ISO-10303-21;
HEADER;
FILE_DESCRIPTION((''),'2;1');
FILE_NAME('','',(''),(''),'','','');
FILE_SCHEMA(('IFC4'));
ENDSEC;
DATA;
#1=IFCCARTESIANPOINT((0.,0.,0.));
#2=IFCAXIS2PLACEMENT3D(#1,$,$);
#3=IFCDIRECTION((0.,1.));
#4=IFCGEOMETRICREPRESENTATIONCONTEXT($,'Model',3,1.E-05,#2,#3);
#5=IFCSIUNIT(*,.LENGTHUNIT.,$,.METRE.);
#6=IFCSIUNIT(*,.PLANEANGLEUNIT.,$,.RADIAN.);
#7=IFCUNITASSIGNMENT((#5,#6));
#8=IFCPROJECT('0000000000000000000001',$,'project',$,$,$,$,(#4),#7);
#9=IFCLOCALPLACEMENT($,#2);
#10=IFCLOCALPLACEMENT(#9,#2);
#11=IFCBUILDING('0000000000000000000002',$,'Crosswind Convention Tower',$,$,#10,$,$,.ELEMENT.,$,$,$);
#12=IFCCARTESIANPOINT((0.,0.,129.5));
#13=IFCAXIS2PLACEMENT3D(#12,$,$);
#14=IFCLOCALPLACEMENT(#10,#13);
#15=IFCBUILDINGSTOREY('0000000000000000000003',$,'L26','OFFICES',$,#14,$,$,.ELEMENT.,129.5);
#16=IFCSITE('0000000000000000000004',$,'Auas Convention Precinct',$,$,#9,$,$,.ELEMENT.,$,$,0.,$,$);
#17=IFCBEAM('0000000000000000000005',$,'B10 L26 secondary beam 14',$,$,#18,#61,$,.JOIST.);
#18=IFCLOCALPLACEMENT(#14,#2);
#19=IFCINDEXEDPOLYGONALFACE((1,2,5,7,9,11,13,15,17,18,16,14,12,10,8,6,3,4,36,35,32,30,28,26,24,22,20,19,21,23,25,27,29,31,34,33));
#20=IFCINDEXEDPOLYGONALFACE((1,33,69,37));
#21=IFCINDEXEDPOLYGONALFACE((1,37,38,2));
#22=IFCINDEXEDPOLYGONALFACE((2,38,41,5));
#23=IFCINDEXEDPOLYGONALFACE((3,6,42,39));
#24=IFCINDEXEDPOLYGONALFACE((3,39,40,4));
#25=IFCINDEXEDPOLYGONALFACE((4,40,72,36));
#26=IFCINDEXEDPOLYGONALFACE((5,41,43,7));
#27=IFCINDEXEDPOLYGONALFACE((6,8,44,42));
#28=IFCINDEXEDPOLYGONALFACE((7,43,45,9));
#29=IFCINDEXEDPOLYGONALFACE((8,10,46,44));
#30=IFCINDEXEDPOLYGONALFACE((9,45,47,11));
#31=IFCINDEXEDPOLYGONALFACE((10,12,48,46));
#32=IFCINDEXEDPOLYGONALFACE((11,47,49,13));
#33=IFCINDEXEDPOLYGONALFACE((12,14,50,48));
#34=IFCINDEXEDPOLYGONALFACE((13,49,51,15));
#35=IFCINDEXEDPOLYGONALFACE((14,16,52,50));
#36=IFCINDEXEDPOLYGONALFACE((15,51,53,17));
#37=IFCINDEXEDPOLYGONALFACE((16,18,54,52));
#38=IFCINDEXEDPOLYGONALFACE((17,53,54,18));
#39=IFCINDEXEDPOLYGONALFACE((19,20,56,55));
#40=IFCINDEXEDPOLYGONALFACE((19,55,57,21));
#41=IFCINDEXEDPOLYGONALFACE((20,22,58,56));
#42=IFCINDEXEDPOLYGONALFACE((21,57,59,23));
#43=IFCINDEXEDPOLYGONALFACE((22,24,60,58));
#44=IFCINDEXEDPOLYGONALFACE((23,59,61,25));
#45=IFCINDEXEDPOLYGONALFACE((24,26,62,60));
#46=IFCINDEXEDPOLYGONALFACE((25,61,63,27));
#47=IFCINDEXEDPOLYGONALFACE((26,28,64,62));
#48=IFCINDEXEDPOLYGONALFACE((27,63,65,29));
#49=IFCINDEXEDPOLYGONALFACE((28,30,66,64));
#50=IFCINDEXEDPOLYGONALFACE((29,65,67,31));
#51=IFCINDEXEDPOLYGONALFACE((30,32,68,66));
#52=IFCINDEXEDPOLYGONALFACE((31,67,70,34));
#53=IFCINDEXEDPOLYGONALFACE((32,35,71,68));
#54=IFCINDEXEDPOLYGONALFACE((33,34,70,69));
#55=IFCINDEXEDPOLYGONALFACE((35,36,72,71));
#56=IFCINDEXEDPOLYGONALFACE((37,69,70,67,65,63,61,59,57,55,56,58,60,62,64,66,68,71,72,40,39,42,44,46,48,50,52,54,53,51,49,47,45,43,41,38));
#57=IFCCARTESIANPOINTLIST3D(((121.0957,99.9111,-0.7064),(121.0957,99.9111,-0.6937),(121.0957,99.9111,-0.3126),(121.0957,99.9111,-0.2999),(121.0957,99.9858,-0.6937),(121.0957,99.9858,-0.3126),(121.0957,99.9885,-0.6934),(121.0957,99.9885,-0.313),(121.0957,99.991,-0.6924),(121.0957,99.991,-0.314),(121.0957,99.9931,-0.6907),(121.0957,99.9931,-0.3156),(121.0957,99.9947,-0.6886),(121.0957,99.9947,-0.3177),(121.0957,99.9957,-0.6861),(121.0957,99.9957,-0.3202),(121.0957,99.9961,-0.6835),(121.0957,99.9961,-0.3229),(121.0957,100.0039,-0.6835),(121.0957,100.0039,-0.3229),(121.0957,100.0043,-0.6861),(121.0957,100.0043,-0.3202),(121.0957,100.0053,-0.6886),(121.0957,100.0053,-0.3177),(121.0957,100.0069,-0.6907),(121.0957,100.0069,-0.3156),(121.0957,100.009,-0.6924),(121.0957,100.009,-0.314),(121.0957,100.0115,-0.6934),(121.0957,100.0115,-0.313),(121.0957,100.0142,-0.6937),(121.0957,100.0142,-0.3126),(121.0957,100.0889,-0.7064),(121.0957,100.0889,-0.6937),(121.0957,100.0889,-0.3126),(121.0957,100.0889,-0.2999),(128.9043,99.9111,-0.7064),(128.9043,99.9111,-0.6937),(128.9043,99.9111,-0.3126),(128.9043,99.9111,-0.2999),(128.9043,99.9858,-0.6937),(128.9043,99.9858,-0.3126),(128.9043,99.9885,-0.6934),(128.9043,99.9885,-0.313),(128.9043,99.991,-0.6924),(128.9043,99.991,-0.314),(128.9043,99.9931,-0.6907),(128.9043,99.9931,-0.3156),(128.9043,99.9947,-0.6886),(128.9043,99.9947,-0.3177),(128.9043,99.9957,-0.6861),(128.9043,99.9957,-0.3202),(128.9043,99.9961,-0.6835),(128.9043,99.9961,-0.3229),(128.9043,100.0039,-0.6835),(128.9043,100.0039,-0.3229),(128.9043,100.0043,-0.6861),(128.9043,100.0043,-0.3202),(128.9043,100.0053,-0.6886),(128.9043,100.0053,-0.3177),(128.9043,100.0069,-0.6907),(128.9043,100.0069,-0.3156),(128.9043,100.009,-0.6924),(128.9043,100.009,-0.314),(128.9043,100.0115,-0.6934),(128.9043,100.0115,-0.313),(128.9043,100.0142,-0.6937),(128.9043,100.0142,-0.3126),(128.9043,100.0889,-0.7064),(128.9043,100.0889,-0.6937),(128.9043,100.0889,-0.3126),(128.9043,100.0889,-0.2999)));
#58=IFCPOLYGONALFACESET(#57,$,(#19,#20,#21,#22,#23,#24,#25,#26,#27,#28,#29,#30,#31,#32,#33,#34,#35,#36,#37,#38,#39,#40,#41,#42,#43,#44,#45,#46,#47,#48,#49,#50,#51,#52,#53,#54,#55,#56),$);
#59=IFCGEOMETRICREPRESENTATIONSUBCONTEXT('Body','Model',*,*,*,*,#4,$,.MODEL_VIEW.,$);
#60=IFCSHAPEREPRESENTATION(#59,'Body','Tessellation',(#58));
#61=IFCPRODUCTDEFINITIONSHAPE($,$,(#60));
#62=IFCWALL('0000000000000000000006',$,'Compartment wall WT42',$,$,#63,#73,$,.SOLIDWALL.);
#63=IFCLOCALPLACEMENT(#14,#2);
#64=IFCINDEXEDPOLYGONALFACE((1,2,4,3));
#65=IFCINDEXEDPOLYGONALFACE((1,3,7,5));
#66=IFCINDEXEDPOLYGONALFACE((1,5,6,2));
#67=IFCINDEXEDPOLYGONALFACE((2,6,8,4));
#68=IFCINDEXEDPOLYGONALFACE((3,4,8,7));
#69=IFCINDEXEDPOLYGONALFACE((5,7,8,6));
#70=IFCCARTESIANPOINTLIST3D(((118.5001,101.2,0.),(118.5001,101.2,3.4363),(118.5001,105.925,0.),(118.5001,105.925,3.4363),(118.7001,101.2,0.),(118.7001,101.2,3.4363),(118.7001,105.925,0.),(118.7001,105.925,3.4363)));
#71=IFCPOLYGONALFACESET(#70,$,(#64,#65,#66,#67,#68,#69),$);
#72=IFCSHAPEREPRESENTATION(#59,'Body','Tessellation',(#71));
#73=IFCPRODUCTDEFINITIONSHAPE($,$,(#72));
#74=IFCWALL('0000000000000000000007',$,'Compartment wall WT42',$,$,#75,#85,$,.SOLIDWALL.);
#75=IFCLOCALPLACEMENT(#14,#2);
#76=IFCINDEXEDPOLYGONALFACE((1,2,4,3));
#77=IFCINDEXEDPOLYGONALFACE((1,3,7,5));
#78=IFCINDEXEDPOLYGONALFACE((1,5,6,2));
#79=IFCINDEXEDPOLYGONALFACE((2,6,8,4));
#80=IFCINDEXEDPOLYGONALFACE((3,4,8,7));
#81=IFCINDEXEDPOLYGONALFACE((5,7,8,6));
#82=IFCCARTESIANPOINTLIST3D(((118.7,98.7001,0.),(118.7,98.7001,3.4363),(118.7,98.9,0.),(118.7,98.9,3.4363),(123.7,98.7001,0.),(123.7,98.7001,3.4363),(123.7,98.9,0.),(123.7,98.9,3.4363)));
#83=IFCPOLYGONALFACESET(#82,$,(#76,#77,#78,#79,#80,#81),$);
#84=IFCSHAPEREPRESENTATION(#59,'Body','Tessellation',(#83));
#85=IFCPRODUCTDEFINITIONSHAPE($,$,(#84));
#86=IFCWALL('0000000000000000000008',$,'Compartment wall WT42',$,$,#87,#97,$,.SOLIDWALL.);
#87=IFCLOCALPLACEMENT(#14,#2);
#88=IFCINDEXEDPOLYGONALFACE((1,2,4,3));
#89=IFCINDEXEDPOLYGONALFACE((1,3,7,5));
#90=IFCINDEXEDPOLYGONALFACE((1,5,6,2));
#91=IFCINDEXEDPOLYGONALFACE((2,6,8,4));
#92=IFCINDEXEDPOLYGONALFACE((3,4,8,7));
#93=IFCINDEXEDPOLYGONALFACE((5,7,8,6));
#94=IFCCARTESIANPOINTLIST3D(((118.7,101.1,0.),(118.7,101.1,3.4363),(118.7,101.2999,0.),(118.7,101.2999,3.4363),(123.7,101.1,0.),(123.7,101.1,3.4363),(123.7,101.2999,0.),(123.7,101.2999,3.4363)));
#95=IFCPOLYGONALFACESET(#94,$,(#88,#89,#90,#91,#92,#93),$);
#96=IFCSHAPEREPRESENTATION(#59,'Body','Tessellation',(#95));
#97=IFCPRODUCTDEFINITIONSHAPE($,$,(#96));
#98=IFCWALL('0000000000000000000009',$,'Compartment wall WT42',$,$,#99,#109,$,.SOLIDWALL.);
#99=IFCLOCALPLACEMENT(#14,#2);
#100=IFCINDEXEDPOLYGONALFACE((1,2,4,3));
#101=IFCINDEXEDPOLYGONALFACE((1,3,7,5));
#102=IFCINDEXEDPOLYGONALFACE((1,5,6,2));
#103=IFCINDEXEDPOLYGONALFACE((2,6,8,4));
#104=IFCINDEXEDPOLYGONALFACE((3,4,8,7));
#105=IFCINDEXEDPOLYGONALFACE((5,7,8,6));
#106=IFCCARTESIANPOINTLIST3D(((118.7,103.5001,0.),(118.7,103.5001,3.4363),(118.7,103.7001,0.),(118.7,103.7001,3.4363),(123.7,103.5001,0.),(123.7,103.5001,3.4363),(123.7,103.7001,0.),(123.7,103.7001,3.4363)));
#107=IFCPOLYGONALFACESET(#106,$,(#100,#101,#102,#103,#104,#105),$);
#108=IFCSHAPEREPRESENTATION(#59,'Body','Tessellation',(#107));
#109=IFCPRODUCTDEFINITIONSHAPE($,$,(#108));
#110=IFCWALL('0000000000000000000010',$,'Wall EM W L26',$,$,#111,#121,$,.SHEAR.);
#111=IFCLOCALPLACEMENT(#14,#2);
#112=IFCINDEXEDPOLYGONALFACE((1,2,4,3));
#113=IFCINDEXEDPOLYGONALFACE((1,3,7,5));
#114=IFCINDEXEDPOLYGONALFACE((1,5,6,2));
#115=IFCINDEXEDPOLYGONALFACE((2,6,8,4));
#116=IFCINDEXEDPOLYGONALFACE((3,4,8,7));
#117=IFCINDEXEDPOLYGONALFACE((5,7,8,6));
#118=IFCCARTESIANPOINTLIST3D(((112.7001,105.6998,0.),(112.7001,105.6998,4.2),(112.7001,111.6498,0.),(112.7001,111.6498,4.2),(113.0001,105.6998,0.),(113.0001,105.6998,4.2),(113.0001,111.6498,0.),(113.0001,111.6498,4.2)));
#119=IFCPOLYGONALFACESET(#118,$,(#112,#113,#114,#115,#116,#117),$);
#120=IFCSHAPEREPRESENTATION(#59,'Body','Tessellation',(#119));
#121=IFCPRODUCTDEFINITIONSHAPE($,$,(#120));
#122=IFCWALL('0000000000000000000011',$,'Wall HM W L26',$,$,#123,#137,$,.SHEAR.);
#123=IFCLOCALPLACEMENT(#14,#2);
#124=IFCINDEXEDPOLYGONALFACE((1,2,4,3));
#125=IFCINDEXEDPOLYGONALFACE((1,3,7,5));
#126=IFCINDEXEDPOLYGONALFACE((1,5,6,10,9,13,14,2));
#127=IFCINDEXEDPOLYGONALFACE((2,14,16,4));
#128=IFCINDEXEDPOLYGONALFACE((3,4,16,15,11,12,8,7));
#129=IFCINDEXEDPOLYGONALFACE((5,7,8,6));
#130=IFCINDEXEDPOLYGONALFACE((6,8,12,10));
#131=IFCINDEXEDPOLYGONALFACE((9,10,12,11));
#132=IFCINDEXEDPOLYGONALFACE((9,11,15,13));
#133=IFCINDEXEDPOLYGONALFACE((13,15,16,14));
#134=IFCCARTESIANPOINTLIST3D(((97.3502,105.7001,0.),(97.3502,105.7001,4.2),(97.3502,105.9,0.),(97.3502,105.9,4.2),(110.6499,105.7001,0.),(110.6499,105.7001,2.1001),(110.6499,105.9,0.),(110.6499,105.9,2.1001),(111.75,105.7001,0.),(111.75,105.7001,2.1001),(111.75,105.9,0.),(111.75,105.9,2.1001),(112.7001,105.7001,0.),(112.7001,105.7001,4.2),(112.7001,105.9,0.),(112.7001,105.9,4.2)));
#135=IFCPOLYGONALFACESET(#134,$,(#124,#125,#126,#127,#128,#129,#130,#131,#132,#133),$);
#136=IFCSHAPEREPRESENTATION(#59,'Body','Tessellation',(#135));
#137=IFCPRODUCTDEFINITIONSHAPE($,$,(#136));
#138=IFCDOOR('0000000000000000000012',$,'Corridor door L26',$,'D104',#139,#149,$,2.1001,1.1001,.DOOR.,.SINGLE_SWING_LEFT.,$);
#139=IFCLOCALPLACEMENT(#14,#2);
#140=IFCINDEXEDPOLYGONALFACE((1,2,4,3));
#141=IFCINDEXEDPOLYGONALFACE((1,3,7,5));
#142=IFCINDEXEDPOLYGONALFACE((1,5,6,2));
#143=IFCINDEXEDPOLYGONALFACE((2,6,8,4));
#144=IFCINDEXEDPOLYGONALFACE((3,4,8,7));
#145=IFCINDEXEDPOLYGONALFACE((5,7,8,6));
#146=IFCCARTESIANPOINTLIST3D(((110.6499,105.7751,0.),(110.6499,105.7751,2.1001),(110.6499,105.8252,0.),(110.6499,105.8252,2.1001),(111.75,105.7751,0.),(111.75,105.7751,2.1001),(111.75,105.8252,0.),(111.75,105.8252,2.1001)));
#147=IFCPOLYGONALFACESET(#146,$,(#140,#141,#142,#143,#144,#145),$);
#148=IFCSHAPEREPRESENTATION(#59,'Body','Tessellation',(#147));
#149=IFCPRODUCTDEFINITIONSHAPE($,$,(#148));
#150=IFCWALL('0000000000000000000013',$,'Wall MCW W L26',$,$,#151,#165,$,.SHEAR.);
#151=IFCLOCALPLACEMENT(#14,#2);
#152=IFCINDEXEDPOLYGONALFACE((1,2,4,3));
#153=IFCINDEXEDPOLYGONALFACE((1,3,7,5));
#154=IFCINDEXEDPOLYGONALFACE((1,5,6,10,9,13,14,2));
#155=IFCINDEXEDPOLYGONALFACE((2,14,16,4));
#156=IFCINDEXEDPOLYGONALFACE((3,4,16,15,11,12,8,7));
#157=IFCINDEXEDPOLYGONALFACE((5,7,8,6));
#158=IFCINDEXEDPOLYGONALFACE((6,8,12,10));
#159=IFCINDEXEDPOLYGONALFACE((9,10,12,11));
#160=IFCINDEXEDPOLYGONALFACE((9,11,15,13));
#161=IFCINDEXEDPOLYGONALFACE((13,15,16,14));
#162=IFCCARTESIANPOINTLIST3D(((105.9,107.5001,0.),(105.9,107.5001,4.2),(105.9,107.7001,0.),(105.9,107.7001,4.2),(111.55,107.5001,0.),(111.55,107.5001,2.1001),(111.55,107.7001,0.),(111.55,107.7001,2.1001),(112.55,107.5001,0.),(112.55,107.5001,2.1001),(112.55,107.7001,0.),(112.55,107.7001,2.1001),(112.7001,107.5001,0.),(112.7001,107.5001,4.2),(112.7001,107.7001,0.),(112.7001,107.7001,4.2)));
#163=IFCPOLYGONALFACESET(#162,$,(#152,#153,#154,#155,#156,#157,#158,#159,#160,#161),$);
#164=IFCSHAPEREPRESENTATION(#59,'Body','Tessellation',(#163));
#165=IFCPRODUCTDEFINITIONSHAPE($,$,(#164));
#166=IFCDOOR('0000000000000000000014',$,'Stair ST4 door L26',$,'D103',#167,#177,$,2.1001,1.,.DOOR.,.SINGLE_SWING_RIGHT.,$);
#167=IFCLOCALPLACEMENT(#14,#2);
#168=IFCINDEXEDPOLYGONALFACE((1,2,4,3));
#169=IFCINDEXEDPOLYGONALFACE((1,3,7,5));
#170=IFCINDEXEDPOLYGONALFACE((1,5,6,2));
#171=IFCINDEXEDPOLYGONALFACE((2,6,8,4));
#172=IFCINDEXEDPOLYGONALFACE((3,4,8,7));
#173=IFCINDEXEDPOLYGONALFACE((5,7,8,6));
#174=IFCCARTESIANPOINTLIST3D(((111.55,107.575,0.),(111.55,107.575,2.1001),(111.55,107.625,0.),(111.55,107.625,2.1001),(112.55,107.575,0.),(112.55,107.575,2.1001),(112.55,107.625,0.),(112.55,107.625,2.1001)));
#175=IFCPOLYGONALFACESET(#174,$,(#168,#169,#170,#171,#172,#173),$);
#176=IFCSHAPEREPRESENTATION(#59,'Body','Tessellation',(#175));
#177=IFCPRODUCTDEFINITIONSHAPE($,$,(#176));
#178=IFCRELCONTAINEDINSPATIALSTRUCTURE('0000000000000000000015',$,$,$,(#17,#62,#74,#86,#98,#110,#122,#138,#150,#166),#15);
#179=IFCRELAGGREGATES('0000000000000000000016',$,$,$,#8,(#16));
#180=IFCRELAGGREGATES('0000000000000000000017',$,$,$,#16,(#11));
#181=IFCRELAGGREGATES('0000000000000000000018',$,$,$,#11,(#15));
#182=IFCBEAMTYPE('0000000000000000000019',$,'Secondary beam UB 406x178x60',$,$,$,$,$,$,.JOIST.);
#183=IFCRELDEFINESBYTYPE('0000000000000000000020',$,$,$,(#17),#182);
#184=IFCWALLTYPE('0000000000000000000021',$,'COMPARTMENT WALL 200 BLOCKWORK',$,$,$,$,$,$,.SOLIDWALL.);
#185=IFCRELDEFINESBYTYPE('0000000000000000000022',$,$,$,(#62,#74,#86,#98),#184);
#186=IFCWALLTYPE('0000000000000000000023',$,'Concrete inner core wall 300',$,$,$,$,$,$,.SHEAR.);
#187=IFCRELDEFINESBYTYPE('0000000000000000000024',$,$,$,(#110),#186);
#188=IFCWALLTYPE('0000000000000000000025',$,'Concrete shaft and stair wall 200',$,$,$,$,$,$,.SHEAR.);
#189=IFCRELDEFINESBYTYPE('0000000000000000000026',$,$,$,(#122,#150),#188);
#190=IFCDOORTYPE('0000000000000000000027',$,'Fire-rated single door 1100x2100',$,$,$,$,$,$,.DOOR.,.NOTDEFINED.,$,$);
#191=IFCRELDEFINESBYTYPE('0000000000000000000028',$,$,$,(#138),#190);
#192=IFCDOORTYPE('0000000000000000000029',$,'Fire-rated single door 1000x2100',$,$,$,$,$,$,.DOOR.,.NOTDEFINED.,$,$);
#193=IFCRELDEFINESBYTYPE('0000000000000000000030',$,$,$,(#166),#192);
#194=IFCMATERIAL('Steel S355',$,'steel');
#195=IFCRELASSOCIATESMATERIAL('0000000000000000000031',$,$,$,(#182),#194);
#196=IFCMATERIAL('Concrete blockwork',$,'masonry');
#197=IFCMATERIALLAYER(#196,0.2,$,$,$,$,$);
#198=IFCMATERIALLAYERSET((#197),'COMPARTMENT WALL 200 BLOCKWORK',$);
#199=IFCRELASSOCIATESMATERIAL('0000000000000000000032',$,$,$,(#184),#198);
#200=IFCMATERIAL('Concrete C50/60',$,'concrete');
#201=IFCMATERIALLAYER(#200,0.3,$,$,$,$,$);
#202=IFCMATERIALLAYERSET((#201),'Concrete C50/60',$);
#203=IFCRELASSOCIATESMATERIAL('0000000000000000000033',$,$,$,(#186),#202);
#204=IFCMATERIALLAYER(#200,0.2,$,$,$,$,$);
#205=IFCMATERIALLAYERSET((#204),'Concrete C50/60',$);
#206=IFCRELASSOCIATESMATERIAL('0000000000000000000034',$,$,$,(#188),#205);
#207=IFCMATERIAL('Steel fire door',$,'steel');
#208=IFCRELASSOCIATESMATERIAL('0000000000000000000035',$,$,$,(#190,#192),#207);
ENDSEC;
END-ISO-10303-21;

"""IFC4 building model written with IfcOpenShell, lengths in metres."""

from ifc_helpers import new_model, si_unit, direction, frame, frame_2d, origin, origin_2d, place, context, subcontext, project, spatial, rectangle, i_section, extrude, material, layer, layer_set, material_profile, profile_set, type_object, element, fill, save


model = new_model("IFC4")

# Units and contexts
model_context = context("Model", 3, precision=1e-05, world=origin(), true_north=direction((0.0, 1.0)))
body_context = subcontext(model_context, "Body", "Model", "MODEL_VIEW")
ifc_project = project(units=[si_unit("LENGTHUNIT", "METRE"), si_unit("PLANEANGLEUNIT", "RADIAN")], contexts=[model_context])

# Site, building, storey
site_placement = place(None, origin())
site = spatial("IfcSite", under=ifc_project, at=site_placement, Name="Auas Convention Precinct", CompositionType="ELEMENT", RefElevation=0.0)
building_placement = place(site_placement, origin())
building = spatial("IfcBuilding", under=site, at=building_placement, Name="Crosswind Convention Tower", CompositionType="ELEMENT")
storey_placement = place(building_placement, frame((0.0, 0.0, 129.5)))
storey = spatial("IfcBuildingStorey", under=building, at=storey_placement, Name="L26", Description="OFFICES", CompositionType="ELEMENT", Elevation=129.5)

# Shared definitions
ifc_material_1 = material(Name="Steel S355", Category="steel")

# Beam
ifc_material_profile_1 = material_profile(ifc_material_1, i_section(OverallWidth=0.1777, OverallDepth=0.4065, WebThickness=0.0078, FlangeThickness=0.0127, FilletRadius=0.0103, at=origin_2d()), Name="UB 406x178x60")
ifc_profile_set_1 = profile_set([ifc_material_profile_1], Name="Steel S355")
beam_type_1 = type_object("IfcBeamType", Name="Secondary beam UB 406x178x60", PredefinedType="JOIST", material=ifc_profile_set_1)
beam_1_placement = place(storey_placement, frame((121.0957, 100.0, -0.5032), z_axis=(1.0, 0.0, 0.0), x_axis=(0.0, 1.0, 0.0)))
element("IfcBeam", 1, at=beam_1_placement, inside=storey, type_object=beam_type_1, Name="B10 L26 secondary beam 14", PredefinedType="JOIST", context=body_context, shape_type="SweptSolid", body=[
    extrude(i_section(OverallWidth=0.1777, OverallDepth=0.4065, WebThickness=0.0078, FlangeThickness=0.0127, FilletRadius=0.0103, at=origin_2d()), origin(), (0.0, 0.0, 1.0), 7.8086),
])

# Walls
ifc_material_2 = material(Name="Concrete blockwork", Category="masonry")
ifc_layer_1 = layer(ifc_material_2, 0.2)
ifc_layer_set_1 = layer_set([ifc_layer_1], Name="COMPARTMENT WALL 200 BLOCKWORK")
wall_type_1 = type_object("IfcWallType", Name="COMPARTMENT WALL 200 BLOCKWORK", PredefinedType="SOLIDWALL", material=ifc_layer_set_1)
wall_1_placement = place(storey_placement, frame((118.6001, 101.2, 0.0), z_axis=(0.0, 0.0, 1.0), x_axis=(0.0, 1.0, 0.0)))
element("IfcWall", 2, at=wall_1_placement, inside=storey, type_object=wall_type_1, Name="Compartment wall WT42", PredefinedType="SOLIDWALL", context=body_context, shape_type="SweptSolid", body=[
    extrude(rectangle(XDim=4.7251, YDim=0.2, at=frame_2d((2.3625, 0.0))), origin(), (0.0, 0.0, 1.0), 3.4363),
])
for number, where, z_axis, x_axis, name in (
    (3, (118.7, 98.8, 0.0), (0.0, 0.0, 1.0), (1.0, 0.0, 0.0), "Compartment wall WT42"),
    (4, (118.7, 101.2, 0.0), (0.0, 0.0, 1.0), (1.0, 0.0, 0.0), "Compartment wall WT42"),
    (5, (118.7, 103.6001, 0.0), (0.0, 0.0, 1.0), (1.0, 0.0, 0.0), "Compartment wall WT42"),
):
    element("IfcWall", number, at=place(storey_placement, frame(where, z_axis=z_axis, x_axis=x_axis)), inside=storey, type_object=wall_type_1, Name=name, PredefinedType="SOLIDWALL", context=body_context, shape_type="SweptSolid", body=[
        extrude(rectangle(XDim=5.0, YDim=0.2, at=frame_2d((2.5, 0.0))), origin(), (0.0, 0.0, 1.0), 3.4363),
    ])

# Shared definitions
ifc_material_3 = material(Name="Concrete C50/60", Category="concrete")
ifc_layer_2 = layer(ifc_material_3, 0.3)
ifc_layer_set_2 = layer_set([ifc_layer_2], Name="Concrete C50/60")
wall_type_2 = type_object("IfcWallType", Name="Concrete inner core wall 300", PredefinedType="SHEAR", material=ifc_layer_set_2)

# Wall
wall_2_placement = place(storey_placement, frame((112.8501, 111.6499, 0.0), z_axis=(0.0, 0.0, 1.0), x_axis=(0.0, -1.0, 0.0)))
element("IfcWall", 6, at=wall_2_placement, inside=storey, type_object=wall_type_2, Name="Wall EM W L26", PredefinedType="SHEAR", context=body_context, shape_type="SweptSolid", body=[
    extrude(rectangle(XDim=5.95, YDim=0.3, at=frame_2d((2.9751, 0.0))), origin(), (0.0, 0.0, 1.0), 4.2),
])

# Walls, openings, doors
ifc_layer_3 = layer(ifc_material_3, 0.2)
ifc_layer_set_3 = layer_set([ifc_layer_3], Name="Concrete C50/60")
wall_type_3 = type_object("IfcWallType", Name="Concrete shaft and stair wall 200", PredefinedType="SHEAR", material=ifc_layer_set_3)
wall_3_placement = place(storey_placement, frame((112.7, 105.8, 0.0), z_axis=(0.0, 0.0, 1.0), x_axis=(-1.0, 0.0, 0.0)))
wall_3 = element("IfcWall", 7, at=wall_3_placement, inside=storey, type_object=wall_type_3, Name="Wall HM W L26", PredefinedType="SHEAR", context=body_context, shape_type="SweptSolid", body=[
    extrude(rectangle(XDim=15.3499, YDim=0.2, at=frame_2d((7.6748, 0.0))), origin(), (0.0, 0.0, 1.0), 4.2),
])
opening_1_placement = place(wall_3_placement, frame((0.95, 0.0, 0.0)))
opening_1 = element("IfcOpeningElement", 8, at=opening_1_placement, cuts=wall_3, PredefinedType="OPENING", context=body_context, shape_type="SweptSolid", body=[
    extrude(rectangle(XDim=1.1001, YDim=2.1001, at=frame_2d((0.55, 1.05))), frame((0.0, 0.1099, 0.0), z_axis=(0.0, -1.0, 0.0), x_axis=(1.0, 0.0, 0.0)), (0.0, 0.0, 1.0), 0.22),
])
ifc_material_4 = material(Name="Steel fire door", Category="steel")
door_type_1 = type_object("IfcDoorType", Name="Fire-rated single door 1100x2100", OperationType="NOTDEFINED", PredefinedType="DOOR", material=ifc_material_4)
door_1_placement = place(opening_1_placement, origin())
door_1 = element("IfcDoor", 9, at=door_1_placement, inside=storey, type_object=door_type_1, Name="Corridor door L26", ObjectType="D104", OperationType="SINGLE_SWING_LEFT", OverallHeight=2.1001, OverallWidth=1.1001, PredefinedType="DOOR", context=body_context, shape_type="SweptSolid", body=[
    extrude(rectangle(XDim=1.1001, YDim=2.1001, at=frame_2d((0.55, 1.05))), frame((0.0, 0.0249, 0.0), z_axis=(0.0, -1.0, 0.0), x_axis=(1.0, 0.0, 0.0)), (0.0, 0.0, 1.0), 0.05),
])
fill(opening_1, door_1)
wall_4_placement = place(storey_placement, frame((112.7, 107.6001, 0.0), z_axis=(0.0, 0.0, 1.0), x_axis=(-1.0, 0.0, 0.0)))
wall_4 = element("IfcWall", 10, at=wall_4_placement, inside=storey, type_object=wall_type_3, Name="Wall MCW W L26", PredefinedType="SHEAR", context=body_context, shape_type="SweptSolid", body=[
    extrude(rectangle(XDim=6.8, YDim=0.2, at=frame_2d((3.3999, 0.0))), origin(), (0.0, 0.0, 1.0), 4.2),
])
opening_2_placement = place(wall_4_placement, frame((0.1499, 0.0, 0.0)))
opening_2 = element("IfcOpeningElement", 11, at=opening_2_placement, cuts=wall_4, PredefinedType="OPENING", context=body_context, shape_type="SweptSolid", body=[
    extrude(rectangle(XDim=1.0, YDim=2.1001, at=frame_2d((0.5, 1.05))), frame((0.0, 0.1099, 0.0), z_axis=(0.0, -1.0, 0.0), x_axis=(1.0, 0.0, 0.0)), (0.0, 0.0, 1.0), 0.22),
])
door_type_2 = type_object("IfcDoorType", Name="Fire-rated single door 1000x2100", OperationType="NOTDEFINED", PredefinedType="DOOR", material=ifc_material_4)
door_2_placement = place(opening_2_placement, frame((1.0, 0.0, 0.0), z_axis=(0.0, 0.0, 1.0), x_axis=(-1.0, 0.0, 0.0)))
door_2 = element("IfcDoor", 12, at=door_2_placement, inside=storey, type_object=door_type_2, Name="Stair ST4 door L26", ObjectType="D103", OperationType="SINGLE_SWING_RIGHT", OverallHeight=2.1001, OverallWidth=1.0, PredefinedType="DOOR", context=body_context, shape_type="SweptSolid", body=[
    extrude(rectangle(XDim=1.0, YDim=2.1001, at=frame_2d((0.5, 1.05))), frame((0.0, 0.0249, 0.0), z_axis=(0.0, -1.0, 0.0), x_axis=(1.0, 0.0, 0.0)), (0.0, 0.0, 1.0), 0.05),
])
fill(opening_2, door_2)

save(model, "model.ifc")
